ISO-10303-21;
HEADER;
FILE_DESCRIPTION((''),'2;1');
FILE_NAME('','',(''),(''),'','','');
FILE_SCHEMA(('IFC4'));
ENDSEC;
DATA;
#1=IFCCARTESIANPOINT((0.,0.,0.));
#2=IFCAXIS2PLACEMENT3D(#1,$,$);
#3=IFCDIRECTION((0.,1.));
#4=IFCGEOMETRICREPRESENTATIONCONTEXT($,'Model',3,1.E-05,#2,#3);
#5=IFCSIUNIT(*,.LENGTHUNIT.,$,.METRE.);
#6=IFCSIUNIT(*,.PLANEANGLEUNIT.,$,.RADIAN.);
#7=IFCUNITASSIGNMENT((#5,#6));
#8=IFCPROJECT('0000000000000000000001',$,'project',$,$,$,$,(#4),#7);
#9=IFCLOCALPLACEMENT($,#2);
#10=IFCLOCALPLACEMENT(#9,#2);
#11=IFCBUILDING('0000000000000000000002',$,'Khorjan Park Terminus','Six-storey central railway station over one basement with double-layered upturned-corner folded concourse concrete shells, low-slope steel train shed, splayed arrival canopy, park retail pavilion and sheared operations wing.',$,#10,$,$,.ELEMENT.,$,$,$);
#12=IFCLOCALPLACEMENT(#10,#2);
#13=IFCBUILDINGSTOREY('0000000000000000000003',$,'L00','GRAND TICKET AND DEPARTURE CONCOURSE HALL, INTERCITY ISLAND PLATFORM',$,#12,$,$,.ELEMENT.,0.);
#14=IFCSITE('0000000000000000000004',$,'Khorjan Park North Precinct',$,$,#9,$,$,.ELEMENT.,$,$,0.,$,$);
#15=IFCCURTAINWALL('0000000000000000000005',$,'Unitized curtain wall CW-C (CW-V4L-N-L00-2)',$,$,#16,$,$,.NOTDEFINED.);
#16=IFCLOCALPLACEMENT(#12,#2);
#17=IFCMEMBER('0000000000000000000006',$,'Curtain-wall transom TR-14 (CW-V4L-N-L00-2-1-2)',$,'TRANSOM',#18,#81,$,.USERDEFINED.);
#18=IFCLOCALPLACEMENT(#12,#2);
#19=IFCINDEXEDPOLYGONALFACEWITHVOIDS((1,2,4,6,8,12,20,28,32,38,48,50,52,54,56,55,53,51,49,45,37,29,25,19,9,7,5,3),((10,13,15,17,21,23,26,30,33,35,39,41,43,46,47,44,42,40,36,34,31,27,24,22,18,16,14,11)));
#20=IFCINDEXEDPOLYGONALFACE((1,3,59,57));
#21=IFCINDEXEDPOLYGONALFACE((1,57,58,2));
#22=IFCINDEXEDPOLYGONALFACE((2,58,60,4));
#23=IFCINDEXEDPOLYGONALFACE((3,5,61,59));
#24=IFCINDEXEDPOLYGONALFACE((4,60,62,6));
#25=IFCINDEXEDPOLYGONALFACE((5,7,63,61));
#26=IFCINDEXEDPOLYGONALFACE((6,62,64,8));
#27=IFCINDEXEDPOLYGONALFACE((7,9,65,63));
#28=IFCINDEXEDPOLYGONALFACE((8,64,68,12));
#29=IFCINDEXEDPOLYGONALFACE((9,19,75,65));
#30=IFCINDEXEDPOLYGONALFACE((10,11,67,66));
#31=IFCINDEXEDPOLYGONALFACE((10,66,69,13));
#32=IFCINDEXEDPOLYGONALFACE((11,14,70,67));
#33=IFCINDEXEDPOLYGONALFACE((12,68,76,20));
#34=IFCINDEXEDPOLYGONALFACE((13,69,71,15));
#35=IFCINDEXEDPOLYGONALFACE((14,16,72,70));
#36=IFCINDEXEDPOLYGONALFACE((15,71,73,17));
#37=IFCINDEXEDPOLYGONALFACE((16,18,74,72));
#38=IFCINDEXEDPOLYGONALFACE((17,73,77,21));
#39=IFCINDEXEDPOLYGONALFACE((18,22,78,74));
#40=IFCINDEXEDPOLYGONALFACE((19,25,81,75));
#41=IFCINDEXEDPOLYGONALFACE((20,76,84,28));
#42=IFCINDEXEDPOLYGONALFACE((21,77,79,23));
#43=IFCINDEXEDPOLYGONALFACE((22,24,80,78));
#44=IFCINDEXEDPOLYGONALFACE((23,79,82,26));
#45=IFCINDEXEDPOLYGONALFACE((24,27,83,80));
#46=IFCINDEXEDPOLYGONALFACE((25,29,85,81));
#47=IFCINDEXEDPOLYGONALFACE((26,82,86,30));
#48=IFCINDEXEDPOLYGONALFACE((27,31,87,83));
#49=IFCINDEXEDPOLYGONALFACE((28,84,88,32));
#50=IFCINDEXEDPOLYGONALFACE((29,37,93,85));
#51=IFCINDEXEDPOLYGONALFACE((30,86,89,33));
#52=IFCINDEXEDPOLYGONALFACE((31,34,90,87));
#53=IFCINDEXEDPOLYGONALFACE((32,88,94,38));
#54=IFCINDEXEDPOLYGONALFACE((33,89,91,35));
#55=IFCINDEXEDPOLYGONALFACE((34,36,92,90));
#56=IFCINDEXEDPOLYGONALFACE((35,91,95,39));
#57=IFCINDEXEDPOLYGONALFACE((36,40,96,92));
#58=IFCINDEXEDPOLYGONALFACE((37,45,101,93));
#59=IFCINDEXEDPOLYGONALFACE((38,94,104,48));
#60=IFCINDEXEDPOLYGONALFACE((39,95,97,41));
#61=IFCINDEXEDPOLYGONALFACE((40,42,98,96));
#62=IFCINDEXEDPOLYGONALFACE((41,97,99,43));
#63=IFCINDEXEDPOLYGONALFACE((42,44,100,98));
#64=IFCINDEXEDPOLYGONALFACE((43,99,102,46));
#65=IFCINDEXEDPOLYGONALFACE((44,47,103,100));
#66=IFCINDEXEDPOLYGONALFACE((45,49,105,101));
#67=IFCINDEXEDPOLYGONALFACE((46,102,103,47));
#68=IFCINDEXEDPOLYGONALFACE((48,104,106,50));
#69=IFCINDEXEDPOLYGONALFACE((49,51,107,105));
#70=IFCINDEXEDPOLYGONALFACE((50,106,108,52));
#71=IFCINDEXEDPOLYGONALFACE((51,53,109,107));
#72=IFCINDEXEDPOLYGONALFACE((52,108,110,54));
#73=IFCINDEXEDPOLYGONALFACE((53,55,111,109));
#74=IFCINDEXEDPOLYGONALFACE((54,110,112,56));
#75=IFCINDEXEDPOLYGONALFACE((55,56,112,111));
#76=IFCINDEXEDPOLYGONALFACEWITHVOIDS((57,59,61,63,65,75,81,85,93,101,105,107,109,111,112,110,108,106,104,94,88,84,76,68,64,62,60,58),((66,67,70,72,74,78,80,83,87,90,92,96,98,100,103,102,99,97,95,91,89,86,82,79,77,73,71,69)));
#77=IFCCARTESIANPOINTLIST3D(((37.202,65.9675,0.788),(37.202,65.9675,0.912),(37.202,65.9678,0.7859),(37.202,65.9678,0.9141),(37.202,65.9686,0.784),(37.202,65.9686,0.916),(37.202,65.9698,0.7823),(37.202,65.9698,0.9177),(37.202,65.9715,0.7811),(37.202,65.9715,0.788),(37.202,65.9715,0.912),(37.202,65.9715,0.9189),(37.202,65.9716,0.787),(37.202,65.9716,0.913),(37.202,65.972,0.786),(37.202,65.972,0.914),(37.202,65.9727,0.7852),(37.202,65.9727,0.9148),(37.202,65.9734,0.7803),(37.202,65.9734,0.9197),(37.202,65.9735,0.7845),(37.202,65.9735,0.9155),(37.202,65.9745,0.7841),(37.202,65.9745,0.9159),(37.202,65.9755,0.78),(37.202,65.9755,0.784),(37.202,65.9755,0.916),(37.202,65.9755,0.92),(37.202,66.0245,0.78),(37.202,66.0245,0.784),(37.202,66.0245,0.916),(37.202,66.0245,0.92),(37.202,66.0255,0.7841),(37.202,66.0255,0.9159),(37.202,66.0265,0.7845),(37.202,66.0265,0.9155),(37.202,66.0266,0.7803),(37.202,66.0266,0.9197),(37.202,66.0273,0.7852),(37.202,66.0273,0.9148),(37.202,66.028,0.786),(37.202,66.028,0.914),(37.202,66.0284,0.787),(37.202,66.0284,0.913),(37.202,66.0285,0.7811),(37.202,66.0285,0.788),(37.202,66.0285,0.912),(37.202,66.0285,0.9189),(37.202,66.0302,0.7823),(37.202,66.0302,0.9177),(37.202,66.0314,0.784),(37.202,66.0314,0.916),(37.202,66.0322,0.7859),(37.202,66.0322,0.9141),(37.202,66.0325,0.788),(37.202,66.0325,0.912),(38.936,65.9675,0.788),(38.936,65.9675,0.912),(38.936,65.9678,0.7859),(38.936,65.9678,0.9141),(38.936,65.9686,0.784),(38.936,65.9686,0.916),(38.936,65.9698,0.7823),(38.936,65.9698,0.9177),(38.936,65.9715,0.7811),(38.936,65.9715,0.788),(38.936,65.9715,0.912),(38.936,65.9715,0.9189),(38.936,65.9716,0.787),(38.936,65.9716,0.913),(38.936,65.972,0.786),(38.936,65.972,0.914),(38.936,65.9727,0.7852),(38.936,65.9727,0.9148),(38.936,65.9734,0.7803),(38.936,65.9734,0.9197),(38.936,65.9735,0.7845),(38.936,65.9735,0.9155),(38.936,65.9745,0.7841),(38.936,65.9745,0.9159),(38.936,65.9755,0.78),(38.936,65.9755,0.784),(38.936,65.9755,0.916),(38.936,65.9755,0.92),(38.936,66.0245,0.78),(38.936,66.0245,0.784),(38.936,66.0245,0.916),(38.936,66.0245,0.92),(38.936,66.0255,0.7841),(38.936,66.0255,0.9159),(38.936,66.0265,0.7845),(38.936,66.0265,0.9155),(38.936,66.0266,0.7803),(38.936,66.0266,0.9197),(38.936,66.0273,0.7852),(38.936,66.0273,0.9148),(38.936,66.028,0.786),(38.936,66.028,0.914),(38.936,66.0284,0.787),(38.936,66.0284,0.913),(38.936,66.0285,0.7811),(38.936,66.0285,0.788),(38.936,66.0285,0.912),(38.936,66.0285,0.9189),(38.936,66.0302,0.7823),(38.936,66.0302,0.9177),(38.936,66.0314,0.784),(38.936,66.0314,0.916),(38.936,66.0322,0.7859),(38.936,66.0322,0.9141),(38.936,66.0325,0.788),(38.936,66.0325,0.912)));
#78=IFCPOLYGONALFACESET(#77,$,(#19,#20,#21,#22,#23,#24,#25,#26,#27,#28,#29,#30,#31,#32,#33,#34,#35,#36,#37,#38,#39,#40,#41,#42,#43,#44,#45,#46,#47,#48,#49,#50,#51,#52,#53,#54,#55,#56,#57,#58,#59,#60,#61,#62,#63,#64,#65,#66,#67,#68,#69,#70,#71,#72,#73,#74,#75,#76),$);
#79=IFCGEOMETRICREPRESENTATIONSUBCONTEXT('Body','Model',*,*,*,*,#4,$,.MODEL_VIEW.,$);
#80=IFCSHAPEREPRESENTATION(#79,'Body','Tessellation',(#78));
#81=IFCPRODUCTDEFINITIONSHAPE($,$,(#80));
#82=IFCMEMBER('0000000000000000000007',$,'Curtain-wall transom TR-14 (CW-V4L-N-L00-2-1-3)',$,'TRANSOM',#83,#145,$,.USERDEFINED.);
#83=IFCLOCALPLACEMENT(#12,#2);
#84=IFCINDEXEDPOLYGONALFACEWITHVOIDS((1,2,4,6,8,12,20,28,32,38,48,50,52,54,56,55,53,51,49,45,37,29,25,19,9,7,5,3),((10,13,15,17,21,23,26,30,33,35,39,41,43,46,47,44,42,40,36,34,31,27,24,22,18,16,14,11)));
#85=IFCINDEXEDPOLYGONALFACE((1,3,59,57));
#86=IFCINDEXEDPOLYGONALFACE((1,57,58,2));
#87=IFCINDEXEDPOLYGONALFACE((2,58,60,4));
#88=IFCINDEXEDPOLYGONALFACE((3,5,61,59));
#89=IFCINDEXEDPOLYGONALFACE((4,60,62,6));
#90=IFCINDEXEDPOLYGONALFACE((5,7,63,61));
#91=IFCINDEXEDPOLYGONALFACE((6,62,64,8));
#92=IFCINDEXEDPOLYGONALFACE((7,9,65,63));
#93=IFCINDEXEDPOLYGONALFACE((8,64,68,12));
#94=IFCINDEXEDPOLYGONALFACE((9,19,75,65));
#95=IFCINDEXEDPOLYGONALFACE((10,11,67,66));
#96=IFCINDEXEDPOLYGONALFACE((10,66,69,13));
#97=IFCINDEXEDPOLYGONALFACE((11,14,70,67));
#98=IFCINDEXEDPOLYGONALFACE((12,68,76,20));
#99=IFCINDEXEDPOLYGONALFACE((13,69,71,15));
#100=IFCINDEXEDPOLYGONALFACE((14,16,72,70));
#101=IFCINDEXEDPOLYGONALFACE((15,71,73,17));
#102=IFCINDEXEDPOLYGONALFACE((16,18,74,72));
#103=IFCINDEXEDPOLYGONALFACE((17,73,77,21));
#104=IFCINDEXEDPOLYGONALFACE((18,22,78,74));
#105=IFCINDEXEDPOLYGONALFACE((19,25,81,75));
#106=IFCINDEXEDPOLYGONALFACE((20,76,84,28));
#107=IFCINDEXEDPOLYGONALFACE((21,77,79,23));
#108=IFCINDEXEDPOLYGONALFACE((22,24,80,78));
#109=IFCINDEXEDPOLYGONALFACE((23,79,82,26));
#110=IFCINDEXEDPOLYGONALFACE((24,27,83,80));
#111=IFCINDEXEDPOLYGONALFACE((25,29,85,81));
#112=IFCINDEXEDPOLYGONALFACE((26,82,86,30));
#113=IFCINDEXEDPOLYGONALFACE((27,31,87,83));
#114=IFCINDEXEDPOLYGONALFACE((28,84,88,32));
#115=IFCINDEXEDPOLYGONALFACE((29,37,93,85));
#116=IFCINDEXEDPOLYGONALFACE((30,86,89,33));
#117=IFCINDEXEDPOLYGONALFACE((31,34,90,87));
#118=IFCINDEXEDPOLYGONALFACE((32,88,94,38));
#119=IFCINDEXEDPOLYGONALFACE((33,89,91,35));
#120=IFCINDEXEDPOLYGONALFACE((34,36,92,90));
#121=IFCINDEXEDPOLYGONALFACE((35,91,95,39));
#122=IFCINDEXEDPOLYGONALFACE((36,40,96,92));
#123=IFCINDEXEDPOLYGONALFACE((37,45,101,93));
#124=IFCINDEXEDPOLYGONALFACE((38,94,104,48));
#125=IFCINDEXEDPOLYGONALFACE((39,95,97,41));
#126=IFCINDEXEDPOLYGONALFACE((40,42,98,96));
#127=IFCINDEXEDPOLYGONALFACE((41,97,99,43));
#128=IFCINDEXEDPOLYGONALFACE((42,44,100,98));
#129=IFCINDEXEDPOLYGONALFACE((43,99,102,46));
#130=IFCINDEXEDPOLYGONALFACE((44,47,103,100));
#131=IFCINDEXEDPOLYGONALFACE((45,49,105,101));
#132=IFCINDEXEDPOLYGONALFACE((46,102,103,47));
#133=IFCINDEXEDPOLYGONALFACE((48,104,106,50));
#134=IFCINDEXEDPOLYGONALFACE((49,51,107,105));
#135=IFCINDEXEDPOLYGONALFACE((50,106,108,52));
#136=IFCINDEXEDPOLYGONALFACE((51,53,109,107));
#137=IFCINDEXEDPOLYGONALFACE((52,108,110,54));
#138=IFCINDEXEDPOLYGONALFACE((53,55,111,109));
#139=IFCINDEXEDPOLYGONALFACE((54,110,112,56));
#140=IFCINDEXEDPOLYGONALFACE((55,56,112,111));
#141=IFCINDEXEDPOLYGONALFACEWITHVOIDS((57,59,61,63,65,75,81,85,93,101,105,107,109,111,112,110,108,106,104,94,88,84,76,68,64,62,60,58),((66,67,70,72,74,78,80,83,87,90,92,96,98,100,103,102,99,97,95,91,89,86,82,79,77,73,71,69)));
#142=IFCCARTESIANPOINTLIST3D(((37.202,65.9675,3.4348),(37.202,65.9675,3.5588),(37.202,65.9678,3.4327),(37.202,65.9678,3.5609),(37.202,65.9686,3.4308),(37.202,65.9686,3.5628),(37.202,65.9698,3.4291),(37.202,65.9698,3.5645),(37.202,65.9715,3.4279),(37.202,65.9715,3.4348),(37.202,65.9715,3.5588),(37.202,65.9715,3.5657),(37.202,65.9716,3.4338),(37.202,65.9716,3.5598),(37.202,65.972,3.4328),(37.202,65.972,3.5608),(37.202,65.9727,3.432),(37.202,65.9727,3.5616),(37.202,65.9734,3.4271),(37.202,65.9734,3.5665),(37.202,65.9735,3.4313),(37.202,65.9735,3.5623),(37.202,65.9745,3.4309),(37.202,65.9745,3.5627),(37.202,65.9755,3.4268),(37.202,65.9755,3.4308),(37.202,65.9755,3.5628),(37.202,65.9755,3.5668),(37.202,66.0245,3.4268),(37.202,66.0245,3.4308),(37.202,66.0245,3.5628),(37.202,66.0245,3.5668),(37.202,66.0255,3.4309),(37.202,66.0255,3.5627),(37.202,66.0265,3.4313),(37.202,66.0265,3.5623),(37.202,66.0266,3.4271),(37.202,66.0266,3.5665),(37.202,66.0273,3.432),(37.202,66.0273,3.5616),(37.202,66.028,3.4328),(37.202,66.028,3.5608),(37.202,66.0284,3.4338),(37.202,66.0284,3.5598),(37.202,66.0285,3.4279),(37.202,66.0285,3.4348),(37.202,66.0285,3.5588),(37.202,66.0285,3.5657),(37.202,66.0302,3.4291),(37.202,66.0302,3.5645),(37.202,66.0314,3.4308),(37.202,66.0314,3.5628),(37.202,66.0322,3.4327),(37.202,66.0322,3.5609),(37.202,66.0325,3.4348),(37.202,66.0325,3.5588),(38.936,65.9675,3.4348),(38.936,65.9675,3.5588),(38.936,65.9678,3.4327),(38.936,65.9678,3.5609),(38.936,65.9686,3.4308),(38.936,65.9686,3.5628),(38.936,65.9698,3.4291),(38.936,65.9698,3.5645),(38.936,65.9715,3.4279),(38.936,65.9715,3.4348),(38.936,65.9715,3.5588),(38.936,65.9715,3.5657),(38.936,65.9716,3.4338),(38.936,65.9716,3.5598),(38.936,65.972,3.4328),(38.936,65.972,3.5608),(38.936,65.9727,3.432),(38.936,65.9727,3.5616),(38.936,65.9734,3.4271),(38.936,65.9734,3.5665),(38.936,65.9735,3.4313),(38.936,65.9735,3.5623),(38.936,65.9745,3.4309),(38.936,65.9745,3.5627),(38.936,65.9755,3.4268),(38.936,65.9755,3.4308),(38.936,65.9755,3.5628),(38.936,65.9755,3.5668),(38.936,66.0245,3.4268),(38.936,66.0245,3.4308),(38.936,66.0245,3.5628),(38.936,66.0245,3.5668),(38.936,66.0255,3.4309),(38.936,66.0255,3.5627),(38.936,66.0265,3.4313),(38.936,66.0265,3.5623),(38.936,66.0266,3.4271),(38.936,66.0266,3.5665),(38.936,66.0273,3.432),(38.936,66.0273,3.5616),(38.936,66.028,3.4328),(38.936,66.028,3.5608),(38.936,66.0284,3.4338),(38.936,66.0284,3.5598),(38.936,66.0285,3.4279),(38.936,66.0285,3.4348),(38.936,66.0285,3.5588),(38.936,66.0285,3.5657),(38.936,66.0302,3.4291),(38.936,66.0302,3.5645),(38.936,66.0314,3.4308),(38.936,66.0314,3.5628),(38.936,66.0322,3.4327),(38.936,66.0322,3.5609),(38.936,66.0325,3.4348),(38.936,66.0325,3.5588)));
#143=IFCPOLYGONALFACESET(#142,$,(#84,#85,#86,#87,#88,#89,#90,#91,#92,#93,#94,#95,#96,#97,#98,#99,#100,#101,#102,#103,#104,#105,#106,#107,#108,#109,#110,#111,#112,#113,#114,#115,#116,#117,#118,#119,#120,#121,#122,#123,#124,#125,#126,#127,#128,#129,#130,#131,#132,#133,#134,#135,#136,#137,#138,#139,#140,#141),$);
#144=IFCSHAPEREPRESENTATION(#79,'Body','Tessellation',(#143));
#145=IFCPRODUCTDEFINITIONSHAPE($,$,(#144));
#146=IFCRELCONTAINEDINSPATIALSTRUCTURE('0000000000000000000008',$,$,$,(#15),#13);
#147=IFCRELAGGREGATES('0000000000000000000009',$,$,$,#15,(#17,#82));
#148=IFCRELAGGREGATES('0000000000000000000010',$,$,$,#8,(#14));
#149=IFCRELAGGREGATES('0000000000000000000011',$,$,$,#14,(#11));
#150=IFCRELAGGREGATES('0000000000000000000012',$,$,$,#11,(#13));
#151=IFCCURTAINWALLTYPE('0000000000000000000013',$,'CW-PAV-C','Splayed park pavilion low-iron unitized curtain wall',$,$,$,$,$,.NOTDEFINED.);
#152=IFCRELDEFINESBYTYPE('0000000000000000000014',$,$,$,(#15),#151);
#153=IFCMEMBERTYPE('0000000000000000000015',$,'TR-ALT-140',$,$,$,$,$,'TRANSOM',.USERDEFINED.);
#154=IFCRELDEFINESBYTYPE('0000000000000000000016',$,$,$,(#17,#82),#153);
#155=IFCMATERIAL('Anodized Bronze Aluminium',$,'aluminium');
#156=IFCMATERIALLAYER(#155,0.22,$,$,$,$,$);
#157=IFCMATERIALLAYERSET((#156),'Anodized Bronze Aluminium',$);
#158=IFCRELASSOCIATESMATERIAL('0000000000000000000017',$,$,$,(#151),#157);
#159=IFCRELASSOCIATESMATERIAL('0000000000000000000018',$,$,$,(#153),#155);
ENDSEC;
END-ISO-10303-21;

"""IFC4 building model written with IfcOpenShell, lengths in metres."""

from ifc_helpers import new_model, si_unit, direction, frame, origin, origin_2d, place, context, subcontext, project, spatial, hollow_rectangle, extrude, material, layer, layer_set, material_profile, profile_set, type_object, element, aggregate, save


model = new_model("IFC4")

# Units and contexts
model_context = context("Model", 3, precision=1e-05, world=origin(), true_north=direction((0.0, 1.0)))
body_context = subcontext(model_context, "Body", "Model", "MODEL_VIEW")
ifc_project = project(units=[si_unit("LENGTHUNIT", "METRE"), si_unit("PLANEANGLEUNIT", "RADIAN")], contexts=[model_context])

# Site, building, storey
site_placement = place(None, origin())
site = spatial("IfcSite", under=ifc_project, at=site_placement, Name="Khorjan Park North Precinct", CompositionType="ELEMENT", RefElevation=0.0)
building_placement = place(site_placement, origin())
building = spatial("IfcBuilding", under=site, at=building_placement, Name="Khorjan Park Terminus", Description="Six-storey central railway station over one basement with double-layered upturned-corner folded concourse concrete shells, low-slope steel train shed, splayed arrival canopy, park retail pavilion and sheared operations wing.", CompositionType="ELEMENT")
storey_placement = place(building_placement, origin())
storey = spatial("IfcBuildingStorey", under=building, at=storey_placement, Name="L00", Description="GRAND TICKET AND DEPARTURE CONCOURSE HALL, INTERCITY ISLAND PLATFORM", CompositionType="ELEMENT", Elevation=0.0)

# Curtain wall
ifc_material_1 = material(Name="Anodized Bronze Aluminium", Category="aluminium")
ifc_layer_1 = layer(ifc_material_1, 0.22)
ifc_layer_set_1 = layer_set([ifc_layer_1], Name="Anodized Bronze Aluminium")
curtain_wall_type = type_object("IfcCurtainWallType", Name="CW-PAV-C", Description="Splayed park pavilion low-iron unitized curtain wall", PredefinedType="NOTDEFINED", material=ifc_layer_set_1)
curtain_wall_1_placement = place(storey_placement, origin())
curtain_wall_1 = element("IfcCurtainWall", 1, at=curtain_wall_1_placement, inside=storey, type_object=curtain_wall_type, Name="Unitized curtain wall CW-C (CW-V4L-N-L00-2)", PredefinedType="NOTDEFINED")

# Members
ifc_material_profile_1 = material_profile(ifc_material_1, hollow_rectangle(XDim=0.065, YDim=0.14, WallThickness=0.004, InnerFilletRadius=0.004, OuterFilletRadius=0.008, at=origin_2d()), Name="ALT 65x140x4")
ifc_profile_set_1 = profile_set([ifc_material_profile_1], Name="Anodized Bronze Aluminium")
member_type_1 = type_object("IfcMemberType", Name="TR-ALT-140", ElementType="TRANSOM", PredefinedType="USERDEFINED", material=ifc_profile_set_1)
member_1_placement = place(storey_placement, frame((38.936, 66.0, 0.85), z_axis=(-1.0, 0.0, 0.0), x_axis=(0.0, -1.0, 0.0)))
member_1 = element("IfcMember", 2, at=member_1_placement, type_object=member_type_1, Name="Curtain-wall transom TR-14 (CW-V4L-N-L00-2-1-2)", ObjectType="TRANSOM", PredefinedType="USERDEFINED", context=body_context, shape_type="SweptSolid", body=[
    extrude(hollow_rectangle(XDim=0.065, YDim=0.14, WallThickness=0.004, InnerFilletRadius=0.004, OuterFilletRadius=0.008, at=origin_2d()), origin(), (0.0, 0.0, 1.0), 1.734),
])
member_2_placement = place(storey_placement, frame((38.936, 66.0, 3.4968), z_axis=(-1.0, 0.0, 0.0), x_axis=(0.0, -1.0, 0.0)))
member_2 = element("IfcMember", 3, at=member_2_placement, type_object=member_type_1, Name="Curtain-wall transom TR-14 (CW-V4L-N-L00-2-1-3)", ObjectType="TRANSOM", PredefinedType="USERDEFINED", context=body_context, shape_type="SweptSolid", body=[
    extrude(hollow_rectangle(XDim=0.065, YDim=0.14, WallThickness=0.004, InnerFilletRadius=0.004, OuterFilletRadius=0.008, at=origin_2d()), origin(), (0.0, 0.0, 1.0), 1.734),
])

aggregate(curtain_wall_1, [member_1, member_2])

save(model, "model.ifc")
